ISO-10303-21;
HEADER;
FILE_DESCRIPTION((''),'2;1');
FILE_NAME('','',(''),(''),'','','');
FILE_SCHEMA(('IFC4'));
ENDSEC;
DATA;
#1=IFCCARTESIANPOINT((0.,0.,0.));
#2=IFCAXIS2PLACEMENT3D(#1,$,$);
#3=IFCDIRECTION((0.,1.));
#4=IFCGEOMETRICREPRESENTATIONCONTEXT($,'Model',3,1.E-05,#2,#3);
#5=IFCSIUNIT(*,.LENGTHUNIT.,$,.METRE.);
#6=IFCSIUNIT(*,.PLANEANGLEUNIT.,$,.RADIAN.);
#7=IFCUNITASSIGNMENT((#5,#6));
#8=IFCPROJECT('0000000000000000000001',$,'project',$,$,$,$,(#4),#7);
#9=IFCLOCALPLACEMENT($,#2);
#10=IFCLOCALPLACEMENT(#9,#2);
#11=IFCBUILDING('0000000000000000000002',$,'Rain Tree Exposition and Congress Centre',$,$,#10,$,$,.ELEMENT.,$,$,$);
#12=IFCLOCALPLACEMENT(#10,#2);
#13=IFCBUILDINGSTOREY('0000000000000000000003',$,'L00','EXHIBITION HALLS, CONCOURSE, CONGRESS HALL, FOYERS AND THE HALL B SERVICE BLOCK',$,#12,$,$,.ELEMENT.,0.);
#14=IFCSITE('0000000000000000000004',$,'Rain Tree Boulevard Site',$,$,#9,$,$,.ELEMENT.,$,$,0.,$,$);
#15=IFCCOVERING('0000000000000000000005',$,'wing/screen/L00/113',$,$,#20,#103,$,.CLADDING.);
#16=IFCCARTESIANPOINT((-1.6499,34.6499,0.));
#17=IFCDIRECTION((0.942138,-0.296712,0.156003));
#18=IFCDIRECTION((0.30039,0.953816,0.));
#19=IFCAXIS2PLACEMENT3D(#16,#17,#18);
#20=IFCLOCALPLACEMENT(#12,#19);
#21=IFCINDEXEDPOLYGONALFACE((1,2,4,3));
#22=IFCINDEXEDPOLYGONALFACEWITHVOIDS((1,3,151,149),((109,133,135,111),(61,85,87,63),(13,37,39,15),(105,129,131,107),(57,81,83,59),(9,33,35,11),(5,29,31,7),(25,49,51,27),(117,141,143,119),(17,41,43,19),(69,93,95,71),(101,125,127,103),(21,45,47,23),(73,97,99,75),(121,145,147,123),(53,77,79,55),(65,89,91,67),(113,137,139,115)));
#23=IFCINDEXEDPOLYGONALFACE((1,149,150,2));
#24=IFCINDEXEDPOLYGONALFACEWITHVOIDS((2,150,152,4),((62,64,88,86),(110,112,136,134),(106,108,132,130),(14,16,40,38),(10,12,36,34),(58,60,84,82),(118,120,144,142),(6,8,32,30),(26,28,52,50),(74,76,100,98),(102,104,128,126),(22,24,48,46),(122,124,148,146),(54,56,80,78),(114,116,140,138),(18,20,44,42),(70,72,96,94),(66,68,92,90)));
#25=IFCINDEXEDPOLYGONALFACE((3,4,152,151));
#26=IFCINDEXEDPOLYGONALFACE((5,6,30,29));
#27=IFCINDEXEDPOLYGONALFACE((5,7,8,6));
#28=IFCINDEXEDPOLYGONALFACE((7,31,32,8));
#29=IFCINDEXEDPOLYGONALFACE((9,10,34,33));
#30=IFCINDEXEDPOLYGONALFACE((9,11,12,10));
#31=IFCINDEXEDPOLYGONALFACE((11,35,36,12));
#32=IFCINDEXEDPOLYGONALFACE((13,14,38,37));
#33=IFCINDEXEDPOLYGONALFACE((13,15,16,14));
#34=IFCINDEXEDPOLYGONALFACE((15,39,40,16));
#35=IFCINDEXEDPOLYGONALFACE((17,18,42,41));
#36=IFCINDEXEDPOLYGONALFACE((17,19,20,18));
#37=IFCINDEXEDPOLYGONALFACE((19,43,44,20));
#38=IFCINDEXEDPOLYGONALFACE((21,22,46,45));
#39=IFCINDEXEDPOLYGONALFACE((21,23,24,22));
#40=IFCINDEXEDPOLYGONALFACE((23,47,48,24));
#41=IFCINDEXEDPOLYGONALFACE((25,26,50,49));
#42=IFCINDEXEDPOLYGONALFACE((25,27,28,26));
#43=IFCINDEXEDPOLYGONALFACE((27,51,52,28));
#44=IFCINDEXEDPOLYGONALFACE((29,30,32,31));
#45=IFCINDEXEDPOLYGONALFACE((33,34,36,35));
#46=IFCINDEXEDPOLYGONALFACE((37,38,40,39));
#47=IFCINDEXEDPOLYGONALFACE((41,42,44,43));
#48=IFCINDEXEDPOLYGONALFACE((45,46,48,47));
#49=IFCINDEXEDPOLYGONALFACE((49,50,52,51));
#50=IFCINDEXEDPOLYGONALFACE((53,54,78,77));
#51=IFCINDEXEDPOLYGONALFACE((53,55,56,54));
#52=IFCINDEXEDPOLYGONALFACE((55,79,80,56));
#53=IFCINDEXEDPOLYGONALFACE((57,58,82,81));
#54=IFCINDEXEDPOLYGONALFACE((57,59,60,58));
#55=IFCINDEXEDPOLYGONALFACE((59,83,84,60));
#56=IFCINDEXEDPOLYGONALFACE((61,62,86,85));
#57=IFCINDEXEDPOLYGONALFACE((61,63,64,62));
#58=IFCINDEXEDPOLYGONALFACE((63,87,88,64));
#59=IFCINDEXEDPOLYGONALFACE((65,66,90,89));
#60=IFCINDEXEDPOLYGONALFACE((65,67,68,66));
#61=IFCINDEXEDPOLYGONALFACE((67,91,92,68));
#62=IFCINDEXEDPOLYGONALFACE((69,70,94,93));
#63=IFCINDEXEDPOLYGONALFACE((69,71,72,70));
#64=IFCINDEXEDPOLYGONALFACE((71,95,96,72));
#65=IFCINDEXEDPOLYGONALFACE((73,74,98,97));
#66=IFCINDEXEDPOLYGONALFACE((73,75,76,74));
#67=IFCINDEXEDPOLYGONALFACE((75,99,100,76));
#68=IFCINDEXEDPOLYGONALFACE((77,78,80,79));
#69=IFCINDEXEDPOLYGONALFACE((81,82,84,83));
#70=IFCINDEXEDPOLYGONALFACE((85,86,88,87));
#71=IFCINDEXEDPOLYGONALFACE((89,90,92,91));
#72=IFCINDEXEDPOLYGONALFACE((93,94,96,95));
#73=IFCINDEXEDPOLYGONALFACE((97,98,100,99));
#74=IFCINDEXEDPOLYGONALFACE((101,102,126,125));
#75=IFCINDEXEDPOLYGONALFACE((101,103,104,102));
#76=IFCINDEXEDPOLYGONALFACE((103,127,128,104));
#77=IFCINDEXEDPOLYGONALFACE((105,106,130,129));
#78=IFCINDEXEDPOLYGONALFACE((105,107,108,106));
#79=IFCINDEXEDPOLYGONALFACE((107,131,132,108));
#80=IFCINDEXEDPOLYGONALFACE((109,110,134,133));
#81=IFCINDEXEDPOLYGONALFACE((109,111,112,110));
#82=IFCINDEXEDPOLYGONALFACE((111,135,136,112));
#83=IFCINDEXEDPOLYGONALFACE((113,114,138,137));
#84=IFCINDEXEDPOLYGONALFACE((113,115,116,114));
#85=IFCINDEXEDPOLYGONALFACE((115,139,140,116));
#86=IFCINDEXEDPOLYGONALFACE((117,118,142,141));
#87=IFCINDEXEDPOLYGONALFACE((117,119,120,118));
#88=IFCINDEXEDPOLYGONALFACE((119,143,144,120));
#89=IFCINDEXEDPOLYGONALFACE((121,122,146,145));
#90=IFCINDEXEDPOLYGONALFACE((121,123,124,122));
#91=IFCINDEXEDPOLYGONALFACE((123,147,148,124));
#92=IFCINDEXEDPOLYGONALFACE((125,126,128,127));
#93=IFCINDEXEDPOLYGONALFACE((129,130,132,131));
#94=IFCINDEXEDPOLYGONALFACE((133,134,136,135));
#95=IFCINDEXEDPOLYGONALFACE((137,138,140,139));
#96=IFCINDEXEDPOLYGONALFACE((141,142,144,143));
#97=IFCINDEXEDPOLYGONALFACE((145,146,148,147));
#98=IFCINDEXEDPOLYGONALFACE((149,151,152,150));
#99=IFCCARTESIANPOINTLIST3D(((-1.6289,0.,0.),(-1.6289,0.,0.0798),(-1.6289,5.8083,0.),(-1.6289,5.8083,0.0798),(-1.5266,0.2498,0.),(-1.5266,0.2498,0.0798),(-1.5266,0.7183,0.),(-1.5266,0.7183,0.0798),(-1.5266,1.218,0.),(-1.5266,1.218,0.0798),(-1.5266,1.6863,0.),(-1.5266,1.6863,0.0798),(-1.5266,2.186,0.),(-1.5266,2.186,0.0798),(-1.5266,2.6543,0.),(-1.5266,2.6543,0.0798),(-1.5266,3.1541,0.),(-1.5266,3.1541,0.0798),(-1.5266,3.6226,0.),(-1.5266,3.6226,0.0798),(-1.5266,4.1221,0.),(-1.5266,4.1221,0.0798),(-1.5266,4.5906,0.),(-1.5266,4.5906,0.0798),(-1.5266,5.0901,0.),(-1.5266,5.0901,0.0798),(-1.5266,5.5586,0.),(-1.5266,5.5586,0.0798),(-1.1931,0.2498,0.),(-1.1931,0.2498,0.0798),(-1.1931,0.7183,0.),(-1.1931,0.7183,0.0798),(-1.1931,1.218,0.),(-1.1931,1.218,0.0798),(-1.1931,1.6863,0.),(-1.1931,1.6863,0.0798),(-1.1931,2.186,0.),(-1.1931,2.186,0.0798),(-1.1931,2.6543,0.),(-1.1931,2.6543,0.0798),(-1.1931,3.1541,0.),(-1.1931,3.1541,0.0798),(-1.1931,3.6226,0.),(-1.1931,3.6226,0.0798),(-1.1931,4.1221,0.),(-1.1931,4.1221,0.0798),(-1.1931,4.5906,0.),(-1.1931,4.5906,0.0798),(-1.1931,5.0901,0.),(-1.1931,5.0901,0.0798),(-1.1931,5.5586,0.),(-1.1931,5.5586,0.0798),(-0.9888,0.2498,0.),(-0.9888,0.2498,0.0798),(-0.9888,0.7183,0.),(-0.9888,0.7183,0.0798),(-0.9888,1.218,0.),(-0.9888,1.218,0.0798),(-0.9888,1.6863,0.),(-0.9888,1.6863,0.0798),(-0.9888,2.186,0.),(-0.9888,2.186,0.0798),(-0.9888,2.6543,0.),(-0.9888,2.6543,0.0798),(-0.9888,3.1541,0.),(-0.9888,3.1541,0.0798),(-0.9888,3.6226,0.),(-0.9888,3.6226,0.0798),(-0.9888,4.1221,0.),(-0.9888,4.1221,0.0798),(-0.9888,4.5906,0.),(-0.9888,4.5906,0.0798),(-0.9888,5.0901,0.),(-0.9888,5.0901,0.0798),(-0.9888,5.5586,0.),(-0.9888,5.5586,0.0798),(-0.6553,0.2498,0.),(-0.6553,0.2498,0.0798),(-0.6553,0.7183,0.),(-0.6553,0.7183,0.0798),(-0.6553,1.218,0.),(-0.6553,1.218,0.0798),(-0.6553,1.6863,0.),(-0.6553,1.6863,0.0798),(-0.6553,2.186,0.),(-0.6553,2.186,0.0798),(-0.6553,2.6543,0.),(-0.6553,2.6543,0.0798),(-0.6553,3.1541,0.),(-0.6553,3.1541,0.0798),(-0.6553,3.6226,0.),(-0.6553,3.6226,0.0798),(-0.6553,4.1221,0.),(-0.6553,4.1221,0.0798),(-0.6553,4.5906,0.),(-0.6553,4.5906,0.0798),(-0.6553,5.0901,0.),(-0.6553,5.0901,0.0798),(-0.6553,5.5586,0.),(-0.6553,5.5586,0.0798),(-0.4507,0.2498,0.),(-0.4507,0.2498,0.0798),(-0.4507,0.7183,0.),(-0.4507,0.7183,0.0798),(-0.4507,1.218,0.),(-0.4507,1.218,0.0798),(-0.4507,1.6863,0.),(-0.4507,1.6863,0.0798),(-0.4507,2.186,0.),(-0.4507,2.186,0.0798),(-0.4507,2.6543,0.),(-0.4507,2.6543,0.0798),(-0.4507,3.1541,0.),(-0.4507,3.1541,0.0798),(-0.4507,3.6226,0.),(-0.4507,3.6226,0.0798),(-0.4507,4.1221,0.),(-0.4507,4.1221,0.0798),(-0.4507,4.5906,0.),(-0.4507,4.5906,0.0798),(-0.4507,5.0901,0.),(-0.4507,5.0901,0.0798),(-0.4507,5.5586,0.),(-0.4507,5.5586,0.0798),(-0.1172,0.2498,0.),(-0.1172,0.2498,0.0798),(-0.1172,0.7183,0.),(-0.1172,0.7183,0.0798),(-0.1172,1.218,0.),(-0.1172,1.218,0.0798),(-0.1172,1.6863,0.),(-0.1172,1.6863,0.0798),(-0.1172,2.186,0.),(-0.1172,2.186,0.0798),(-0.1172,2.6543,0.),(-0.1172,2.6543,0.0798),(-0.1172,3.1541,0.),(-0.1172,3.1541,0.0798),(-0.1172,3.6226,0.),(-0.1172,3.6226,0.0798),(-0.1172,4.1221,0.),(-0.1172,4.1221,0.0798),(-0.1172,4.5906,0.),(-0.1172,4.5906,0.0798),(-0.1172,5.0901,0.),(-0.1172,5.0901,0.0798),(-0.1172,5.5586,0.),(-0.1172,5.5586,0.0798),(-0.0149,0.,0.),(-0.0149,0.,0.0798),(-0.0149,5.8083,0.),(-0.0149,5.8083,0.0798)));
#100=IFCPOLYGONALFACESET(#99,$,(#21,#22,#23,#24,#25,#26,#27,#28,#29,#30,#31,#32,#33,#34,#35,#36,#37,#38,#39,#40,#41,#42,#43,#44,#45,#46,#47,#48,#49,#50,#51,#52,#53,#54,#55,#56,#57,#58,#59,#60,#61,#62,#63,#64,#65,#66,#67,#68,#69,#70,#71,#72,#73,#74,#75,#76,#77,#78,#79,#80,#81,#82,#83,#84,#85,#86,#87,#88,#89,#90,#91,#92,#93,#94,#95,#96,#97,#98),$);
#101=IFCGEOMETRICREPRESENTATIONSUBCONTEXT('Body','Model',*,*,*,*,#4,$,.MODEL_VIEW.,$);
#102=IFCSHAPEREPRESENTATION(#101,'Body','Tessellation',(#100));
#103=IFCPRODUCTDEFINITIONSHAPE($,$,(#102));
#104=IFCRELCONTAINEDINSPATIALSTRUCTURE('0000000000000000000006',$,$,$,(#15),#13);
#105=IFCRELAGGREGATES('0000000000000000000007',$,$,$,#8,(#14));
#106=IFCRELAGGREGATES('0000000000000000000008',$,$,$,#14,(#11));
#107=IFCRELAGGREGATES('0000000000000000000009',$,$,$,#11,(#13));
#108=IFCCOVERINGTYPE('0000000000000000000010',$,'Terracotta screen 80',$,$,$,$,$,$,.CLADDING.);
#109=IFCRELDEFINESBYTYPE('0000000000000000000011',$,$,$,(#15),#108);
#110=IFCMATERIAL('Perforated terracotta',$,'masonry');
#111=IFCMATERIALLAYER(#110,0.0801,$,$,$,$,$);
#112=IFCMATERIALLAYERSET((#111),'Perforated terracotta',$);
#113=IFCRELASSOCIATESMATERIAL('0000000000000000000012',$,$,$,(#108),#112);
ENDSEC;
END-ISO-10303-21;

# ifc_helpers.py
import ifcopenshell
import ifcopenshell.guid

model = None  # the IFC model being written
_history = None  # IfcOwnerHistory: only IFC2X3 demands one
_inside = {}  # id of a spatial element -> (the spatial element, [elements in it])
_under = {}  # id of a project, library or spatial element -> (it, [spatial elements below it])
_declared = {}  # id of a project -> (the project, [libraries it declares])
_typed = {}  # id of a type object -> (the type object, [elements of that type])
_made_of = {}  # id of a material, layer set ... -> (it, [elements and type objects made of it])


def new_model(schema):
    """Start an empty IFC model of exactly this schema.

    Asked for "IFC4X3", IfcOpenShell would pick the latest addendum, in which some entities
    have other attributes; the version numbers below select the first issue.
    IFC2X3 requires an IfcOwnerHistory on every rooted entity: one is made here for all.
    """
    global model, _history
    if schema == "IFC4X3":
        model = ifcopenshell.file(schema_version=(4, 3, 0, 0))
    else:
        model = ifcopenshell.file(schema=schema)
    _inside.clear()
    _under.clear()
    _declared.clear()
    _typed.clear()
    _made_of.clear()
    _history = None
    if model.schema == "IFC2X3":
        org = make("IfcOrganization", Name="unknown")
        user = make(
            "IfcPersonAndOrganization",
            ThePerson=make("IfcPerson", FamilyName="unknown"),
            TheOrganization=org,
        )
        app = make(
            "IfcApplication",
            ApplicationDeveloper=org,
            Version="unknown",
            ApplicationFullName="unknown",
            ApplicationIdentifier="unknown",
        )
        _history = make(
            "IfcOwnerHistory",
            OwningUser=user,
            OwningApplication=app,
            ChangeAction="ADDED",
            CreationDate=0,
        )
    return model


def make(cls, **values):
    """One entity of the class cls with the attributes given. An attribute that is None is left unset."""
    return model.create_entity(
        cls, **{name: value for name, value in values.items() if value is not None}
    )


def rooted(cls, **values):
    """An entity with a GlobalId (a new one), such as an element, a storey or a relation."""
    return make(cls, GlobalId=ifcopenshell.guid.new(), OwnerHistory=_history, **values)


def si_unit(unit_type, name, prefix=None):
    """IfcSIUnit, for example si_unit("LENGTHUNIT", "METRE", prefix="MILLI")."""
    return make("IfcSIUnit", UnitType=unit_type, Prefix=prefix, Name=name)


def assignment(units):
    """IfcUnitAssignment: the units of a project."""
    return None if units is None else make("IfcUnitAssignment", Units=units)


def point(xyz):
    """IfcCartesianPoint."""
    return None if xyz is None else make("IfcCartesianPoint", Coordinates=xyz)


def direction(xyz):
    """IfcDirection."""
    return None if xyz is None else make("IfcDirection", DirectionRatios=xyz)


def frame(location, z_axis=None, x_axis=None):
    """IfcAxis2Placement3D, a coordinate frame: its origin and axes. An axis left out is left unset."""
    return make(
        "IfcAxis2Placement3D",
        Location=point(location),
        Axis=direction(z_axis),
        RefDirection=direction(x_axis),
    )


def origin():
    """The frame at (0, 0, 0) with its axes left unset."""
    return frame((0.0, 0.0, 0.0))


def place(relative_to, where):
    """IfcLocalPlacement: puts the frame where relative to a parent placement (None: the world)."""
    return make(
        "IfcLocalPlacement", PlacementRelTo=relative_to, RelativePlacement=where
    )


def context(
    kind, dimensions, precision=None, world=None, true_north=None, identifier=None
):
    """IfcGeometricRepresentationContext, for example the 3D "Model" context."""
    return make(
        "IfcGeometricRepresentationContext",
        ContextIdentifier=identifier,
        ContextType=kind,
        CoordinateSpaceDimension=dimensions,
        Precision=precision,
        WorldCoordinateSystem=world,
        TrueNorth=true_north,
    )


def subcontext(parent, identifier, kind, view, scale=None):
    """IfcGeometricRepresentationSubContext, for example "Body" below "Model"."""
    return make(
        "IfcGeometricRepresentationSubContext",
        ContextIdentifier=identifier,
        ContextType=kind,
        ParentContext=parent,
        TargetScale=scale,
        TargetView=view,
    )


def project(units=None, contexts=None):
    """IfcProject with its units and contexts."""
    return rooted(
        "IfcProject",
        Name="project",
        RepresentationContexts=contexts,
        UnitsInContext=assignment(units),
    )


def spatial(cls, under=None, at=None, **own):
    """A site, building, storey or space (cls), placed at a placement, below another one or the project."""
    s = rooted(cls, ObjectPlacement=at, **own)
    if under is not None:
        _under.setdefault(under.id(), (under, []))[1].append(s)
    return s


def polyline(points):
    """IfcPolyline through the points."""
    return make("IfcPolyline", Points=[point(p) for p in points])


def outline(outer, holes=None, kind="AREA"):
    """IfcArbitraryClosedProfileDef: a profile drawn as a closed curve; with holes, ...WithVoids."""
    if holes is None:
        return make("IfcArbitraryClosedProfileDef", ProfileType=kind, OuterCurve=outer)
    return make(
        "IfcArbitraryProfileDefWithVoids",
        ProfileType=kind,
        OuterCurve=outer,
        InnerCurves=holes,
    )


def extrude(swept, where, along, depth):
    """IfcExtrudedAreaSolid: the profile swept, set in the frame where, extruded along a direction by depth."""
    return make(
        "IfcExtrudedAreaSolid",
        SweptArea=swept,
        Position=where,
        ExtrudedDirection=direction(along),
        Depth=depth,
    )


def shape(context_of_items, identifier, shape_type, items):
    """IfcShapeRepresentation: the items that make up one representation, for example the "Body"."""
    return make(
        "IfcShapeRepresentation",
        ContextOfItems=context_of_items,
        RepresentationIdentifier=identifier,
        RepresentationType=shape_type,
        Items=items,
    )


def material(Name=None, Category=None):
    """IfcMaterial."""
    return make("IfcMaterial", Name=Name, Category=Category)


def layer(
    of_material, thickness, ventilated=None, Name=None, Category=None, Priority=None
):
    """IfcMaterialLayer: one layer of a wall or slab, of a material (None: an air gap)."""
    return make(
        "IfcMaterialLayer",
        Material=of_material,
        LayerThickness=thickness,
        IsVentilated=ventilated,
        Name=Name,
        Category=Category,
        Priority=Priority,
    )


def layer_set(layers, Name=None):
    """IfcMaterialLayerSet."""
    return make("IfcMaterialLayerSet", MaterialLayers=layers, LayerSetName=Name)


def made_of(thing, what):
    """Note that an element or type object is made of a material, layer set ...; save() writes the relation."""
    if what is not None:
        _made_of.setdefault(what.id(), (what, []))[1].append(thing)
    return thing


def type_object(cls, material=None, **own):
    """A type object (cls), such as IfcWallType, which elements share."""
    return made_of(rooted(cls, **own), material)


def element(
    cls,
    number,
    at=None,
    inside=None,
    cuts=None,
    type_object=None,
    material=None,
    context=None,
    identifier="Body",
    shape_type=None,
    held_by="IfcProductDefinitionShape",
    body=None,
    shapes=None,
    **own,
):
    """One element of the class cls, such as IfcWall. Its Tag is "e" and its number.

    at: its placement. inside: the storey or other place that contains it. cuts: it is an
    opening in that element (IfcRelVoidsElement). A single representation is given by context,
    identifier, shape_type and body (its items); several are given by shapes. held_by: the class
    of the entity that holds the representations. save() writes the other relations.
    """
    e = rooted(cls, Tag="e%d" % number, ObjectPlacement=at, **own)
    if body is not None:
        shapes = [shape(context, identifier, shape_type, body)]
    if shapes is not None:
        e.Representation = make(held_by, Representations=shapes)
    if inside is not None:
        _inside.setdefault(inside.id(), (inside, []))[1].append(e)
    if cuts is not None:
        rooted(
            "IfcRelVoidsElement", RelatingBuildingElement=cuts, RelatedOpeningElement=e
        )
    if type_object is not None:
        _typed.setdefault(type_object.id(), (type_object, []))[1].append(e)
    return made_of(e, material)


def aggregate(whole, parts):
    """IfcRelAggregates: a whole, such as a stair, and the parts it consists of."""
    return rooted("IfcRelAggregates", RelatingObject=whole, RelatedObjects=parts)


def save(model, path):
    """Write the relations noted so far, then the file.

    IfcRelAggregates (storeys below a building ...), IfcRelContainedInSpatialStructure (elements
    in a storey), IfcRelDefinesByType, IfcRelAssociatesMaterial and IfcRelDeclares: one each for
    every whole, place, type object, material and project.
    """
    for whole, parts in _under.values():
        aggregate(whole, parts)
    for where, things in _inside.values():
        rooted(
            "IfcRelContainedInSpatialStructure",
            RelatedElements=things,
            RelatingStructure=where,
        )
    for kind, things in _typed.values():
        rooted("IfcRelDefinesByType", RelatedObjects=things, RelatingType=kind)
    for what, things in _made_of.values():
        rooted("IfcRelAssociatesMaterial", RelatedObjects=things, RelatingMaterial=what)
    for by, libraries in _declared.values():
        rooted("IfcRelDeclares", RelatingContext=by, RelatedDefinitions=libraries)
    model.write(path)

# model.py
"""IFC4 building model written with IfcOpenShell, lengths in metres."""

from ifc_helpers import new_model, si_unit, direction, frame, origin, place, context, subcontext, project, spatial, polyline, outline, extrude, material, layer, layer_set, type_object, element, save


model = new_model("IFC4")

# Units and contexts
model_context = context("Model", 3, precision=1e-05, world=origin(), true_north=direction((0.0, 1.0)))
body_context = subcontext(model_context, "Body", "Model", "MODEL_VIEW")
ifc_project = project(units=[si_unit("LENGTHUNIT", "METRE"), si_unit("PLANEANGLEUNIT", "RADIAN")], contexts=[model_context])

# Site, building, storey
site_placement = place(None, origin())
site = spatial("IfcSite", under=ifc_project, at=site_placement, Name="Rain Tree Boulevard Site", CompositionType="ELEMENT", RefElevation=0.0)
building_placement = place(site_placement, origin())
building = spatial("IfcBuilding", under=site, at=building_placement, Name="Rain Tree Exposition and Congress Centre", CompositionType="ELEMENT")
storey_placement = place(building_placement, origin())
storey = spatial("IfcBuildingStorey", under=building, at=storey_placement, Name="L00", Description="EXHIBITION HALLS, CONCOURSE, CONGRESS HALL, FOYERS AND THE HALL B SERVICE BLOCK", CompositionType="ELEMENT", Elevation=0.0)

# Covering
ifc_material_1 = material(Name="Perforated terracotta", Category="masonry")
ifc_layer_1 = layer(ifc_material_1, 0.0801)
ifc_layer_set_1 = layer_set([ifc_layer_1], Name="Perforated terracotta")
covering_type = type_object("IfcCoveringType", Name="Terracotta screen 80", PredefinedType="CLADDING", material=ifc_layer_set_1)
covering_1_placement = place(storey_placement, frame((-1.6499, 34.6499, 0.0), z_axis=(0.942138, -0.296712, 0.156003), x_axis=(0.30039, 0.953816, 0.0)))
element("IfcCovering", 1, at=covering_1_placement, inside=storey, type_object=covering_type, Name="wing/screen/L00/113", PredefinedType="CLADDING", context=body_context, shape_type="SweptSolid", body=[
    extrude(outline(polyline([(-1.6289, 0.0), (-1.6289, 5.8083), (-0.0149, 5.8083), (-0.0149, 0.0), (-1.6289, 0.0)]), holes=[polyline([(-0.1172, 0.2498), (-0.1172, 0.7183), (-0.4507, 0.7183), (-0.4507, 0.2498), (-0.1172, 0.2498)]), polyline([(-0.1172, 1.218), (-0.1172, 1.6863), (-0.4507, 1.6863), (-0.4507, 1.218), (-0.1172, 1.218)]), polyline([(-0.1172, 2.186), (-0.1172, 2.6543), (-0.4507, 2.6543), (-0.4507, 2.186), (-0.1172, 2.186)]), polyline([(-0.1172, 3.1541), (-0.1172, 3.6226), (-0.4507, 3.6226), (-0.4507, 3.1541), (-0.1172, 3.1541)]), polyline([(-0.1172, 4.1221), (-0.1172, 4.5906), (-0.4507, 4.5906), (-0.4507, 4.1221), (-0.1172, 4.1221)]), polyline([(-0.1172, 5.0901), (-0.1172, 5.5586), (-0.4507, 5.5586), (-0.4507, 5.0901), (-0.1172, 5.0901)]), polyline([(-0.6553, 0.2498), (-0.6553, 0.7183), (-0.9888, 0.7183), (-0.9888, 0.2498), (-0.6553, 0.2498)]), polyline([(-0.6553, 1.218), (-0.6553, 1.6863), (-0.9888, 1.6863), (-0.9888, 1.218), (-0.6553, 1.218)]), polyline([(-0.6553, 2.186), (-0.6553, 2.6543), (-0.9888, 2.6543), (-0.9888, 2.186), (-0.6553, 2.186)]), polyline([(-0.6553, 3.1541), (-0.6553, 3.6226), (-0.9888, 3.6226), (-0.9888, 3.1541), (-0.6553, 3.1541)]), polyline([(-0.6553, 4.1221), (-0.6553, 4.5906), (-0.9888, 4.5906), (-0.9888, 4.1221), (-0.6553, 4.1221)]), polyline([(-0.6553, 5.0901), (-0.6553, 5.5586), (-0.9888, 5.5586), (-0.9888, 5.0901), (-0.6553, 5.0901)]), polyline([(-1.1931, 0.2498), (-1.1931, 0.7183), (-1.5266, 0.7183), (-1.5266, 0.2498), (-1.1931, 0.2498)]), polyline([(-1.1931, 1.218), (-1.1931, 1.6863), (-1.5266, 1.6863), (-1.5266, 1.218), (-1.1931, 1.218)]), polyline([(-1.1931, 2.186), (-1.1931, 2.6543), (-1.5266, 2.6543), (-1.5266, 2.186), (-1.1931, 2.186)]), polyline([(-1.1931, 3.1541), (-1.1931, 3.6226), (-1.5266, 3.6226), (-1.5266, 3.1541), (-1.1931, 3.1541)]), polyline([(-1.1931, 4.1221), (-1.1931, 4.5906), (-1.5266, 4.5906), (-1.5266, 4.1221), (-1.1931, 4.1221)]), polyline([(-1.1931, 5.0901), (-1.1931, 5.5586), (-1.5266, 5.5586), (-1.5266, 5.0901), (-1.1931, 5.0901)])]), origin(), (0.0, 0.0, 1.0), 0.0798),
])

save(model, "model.ifc")
